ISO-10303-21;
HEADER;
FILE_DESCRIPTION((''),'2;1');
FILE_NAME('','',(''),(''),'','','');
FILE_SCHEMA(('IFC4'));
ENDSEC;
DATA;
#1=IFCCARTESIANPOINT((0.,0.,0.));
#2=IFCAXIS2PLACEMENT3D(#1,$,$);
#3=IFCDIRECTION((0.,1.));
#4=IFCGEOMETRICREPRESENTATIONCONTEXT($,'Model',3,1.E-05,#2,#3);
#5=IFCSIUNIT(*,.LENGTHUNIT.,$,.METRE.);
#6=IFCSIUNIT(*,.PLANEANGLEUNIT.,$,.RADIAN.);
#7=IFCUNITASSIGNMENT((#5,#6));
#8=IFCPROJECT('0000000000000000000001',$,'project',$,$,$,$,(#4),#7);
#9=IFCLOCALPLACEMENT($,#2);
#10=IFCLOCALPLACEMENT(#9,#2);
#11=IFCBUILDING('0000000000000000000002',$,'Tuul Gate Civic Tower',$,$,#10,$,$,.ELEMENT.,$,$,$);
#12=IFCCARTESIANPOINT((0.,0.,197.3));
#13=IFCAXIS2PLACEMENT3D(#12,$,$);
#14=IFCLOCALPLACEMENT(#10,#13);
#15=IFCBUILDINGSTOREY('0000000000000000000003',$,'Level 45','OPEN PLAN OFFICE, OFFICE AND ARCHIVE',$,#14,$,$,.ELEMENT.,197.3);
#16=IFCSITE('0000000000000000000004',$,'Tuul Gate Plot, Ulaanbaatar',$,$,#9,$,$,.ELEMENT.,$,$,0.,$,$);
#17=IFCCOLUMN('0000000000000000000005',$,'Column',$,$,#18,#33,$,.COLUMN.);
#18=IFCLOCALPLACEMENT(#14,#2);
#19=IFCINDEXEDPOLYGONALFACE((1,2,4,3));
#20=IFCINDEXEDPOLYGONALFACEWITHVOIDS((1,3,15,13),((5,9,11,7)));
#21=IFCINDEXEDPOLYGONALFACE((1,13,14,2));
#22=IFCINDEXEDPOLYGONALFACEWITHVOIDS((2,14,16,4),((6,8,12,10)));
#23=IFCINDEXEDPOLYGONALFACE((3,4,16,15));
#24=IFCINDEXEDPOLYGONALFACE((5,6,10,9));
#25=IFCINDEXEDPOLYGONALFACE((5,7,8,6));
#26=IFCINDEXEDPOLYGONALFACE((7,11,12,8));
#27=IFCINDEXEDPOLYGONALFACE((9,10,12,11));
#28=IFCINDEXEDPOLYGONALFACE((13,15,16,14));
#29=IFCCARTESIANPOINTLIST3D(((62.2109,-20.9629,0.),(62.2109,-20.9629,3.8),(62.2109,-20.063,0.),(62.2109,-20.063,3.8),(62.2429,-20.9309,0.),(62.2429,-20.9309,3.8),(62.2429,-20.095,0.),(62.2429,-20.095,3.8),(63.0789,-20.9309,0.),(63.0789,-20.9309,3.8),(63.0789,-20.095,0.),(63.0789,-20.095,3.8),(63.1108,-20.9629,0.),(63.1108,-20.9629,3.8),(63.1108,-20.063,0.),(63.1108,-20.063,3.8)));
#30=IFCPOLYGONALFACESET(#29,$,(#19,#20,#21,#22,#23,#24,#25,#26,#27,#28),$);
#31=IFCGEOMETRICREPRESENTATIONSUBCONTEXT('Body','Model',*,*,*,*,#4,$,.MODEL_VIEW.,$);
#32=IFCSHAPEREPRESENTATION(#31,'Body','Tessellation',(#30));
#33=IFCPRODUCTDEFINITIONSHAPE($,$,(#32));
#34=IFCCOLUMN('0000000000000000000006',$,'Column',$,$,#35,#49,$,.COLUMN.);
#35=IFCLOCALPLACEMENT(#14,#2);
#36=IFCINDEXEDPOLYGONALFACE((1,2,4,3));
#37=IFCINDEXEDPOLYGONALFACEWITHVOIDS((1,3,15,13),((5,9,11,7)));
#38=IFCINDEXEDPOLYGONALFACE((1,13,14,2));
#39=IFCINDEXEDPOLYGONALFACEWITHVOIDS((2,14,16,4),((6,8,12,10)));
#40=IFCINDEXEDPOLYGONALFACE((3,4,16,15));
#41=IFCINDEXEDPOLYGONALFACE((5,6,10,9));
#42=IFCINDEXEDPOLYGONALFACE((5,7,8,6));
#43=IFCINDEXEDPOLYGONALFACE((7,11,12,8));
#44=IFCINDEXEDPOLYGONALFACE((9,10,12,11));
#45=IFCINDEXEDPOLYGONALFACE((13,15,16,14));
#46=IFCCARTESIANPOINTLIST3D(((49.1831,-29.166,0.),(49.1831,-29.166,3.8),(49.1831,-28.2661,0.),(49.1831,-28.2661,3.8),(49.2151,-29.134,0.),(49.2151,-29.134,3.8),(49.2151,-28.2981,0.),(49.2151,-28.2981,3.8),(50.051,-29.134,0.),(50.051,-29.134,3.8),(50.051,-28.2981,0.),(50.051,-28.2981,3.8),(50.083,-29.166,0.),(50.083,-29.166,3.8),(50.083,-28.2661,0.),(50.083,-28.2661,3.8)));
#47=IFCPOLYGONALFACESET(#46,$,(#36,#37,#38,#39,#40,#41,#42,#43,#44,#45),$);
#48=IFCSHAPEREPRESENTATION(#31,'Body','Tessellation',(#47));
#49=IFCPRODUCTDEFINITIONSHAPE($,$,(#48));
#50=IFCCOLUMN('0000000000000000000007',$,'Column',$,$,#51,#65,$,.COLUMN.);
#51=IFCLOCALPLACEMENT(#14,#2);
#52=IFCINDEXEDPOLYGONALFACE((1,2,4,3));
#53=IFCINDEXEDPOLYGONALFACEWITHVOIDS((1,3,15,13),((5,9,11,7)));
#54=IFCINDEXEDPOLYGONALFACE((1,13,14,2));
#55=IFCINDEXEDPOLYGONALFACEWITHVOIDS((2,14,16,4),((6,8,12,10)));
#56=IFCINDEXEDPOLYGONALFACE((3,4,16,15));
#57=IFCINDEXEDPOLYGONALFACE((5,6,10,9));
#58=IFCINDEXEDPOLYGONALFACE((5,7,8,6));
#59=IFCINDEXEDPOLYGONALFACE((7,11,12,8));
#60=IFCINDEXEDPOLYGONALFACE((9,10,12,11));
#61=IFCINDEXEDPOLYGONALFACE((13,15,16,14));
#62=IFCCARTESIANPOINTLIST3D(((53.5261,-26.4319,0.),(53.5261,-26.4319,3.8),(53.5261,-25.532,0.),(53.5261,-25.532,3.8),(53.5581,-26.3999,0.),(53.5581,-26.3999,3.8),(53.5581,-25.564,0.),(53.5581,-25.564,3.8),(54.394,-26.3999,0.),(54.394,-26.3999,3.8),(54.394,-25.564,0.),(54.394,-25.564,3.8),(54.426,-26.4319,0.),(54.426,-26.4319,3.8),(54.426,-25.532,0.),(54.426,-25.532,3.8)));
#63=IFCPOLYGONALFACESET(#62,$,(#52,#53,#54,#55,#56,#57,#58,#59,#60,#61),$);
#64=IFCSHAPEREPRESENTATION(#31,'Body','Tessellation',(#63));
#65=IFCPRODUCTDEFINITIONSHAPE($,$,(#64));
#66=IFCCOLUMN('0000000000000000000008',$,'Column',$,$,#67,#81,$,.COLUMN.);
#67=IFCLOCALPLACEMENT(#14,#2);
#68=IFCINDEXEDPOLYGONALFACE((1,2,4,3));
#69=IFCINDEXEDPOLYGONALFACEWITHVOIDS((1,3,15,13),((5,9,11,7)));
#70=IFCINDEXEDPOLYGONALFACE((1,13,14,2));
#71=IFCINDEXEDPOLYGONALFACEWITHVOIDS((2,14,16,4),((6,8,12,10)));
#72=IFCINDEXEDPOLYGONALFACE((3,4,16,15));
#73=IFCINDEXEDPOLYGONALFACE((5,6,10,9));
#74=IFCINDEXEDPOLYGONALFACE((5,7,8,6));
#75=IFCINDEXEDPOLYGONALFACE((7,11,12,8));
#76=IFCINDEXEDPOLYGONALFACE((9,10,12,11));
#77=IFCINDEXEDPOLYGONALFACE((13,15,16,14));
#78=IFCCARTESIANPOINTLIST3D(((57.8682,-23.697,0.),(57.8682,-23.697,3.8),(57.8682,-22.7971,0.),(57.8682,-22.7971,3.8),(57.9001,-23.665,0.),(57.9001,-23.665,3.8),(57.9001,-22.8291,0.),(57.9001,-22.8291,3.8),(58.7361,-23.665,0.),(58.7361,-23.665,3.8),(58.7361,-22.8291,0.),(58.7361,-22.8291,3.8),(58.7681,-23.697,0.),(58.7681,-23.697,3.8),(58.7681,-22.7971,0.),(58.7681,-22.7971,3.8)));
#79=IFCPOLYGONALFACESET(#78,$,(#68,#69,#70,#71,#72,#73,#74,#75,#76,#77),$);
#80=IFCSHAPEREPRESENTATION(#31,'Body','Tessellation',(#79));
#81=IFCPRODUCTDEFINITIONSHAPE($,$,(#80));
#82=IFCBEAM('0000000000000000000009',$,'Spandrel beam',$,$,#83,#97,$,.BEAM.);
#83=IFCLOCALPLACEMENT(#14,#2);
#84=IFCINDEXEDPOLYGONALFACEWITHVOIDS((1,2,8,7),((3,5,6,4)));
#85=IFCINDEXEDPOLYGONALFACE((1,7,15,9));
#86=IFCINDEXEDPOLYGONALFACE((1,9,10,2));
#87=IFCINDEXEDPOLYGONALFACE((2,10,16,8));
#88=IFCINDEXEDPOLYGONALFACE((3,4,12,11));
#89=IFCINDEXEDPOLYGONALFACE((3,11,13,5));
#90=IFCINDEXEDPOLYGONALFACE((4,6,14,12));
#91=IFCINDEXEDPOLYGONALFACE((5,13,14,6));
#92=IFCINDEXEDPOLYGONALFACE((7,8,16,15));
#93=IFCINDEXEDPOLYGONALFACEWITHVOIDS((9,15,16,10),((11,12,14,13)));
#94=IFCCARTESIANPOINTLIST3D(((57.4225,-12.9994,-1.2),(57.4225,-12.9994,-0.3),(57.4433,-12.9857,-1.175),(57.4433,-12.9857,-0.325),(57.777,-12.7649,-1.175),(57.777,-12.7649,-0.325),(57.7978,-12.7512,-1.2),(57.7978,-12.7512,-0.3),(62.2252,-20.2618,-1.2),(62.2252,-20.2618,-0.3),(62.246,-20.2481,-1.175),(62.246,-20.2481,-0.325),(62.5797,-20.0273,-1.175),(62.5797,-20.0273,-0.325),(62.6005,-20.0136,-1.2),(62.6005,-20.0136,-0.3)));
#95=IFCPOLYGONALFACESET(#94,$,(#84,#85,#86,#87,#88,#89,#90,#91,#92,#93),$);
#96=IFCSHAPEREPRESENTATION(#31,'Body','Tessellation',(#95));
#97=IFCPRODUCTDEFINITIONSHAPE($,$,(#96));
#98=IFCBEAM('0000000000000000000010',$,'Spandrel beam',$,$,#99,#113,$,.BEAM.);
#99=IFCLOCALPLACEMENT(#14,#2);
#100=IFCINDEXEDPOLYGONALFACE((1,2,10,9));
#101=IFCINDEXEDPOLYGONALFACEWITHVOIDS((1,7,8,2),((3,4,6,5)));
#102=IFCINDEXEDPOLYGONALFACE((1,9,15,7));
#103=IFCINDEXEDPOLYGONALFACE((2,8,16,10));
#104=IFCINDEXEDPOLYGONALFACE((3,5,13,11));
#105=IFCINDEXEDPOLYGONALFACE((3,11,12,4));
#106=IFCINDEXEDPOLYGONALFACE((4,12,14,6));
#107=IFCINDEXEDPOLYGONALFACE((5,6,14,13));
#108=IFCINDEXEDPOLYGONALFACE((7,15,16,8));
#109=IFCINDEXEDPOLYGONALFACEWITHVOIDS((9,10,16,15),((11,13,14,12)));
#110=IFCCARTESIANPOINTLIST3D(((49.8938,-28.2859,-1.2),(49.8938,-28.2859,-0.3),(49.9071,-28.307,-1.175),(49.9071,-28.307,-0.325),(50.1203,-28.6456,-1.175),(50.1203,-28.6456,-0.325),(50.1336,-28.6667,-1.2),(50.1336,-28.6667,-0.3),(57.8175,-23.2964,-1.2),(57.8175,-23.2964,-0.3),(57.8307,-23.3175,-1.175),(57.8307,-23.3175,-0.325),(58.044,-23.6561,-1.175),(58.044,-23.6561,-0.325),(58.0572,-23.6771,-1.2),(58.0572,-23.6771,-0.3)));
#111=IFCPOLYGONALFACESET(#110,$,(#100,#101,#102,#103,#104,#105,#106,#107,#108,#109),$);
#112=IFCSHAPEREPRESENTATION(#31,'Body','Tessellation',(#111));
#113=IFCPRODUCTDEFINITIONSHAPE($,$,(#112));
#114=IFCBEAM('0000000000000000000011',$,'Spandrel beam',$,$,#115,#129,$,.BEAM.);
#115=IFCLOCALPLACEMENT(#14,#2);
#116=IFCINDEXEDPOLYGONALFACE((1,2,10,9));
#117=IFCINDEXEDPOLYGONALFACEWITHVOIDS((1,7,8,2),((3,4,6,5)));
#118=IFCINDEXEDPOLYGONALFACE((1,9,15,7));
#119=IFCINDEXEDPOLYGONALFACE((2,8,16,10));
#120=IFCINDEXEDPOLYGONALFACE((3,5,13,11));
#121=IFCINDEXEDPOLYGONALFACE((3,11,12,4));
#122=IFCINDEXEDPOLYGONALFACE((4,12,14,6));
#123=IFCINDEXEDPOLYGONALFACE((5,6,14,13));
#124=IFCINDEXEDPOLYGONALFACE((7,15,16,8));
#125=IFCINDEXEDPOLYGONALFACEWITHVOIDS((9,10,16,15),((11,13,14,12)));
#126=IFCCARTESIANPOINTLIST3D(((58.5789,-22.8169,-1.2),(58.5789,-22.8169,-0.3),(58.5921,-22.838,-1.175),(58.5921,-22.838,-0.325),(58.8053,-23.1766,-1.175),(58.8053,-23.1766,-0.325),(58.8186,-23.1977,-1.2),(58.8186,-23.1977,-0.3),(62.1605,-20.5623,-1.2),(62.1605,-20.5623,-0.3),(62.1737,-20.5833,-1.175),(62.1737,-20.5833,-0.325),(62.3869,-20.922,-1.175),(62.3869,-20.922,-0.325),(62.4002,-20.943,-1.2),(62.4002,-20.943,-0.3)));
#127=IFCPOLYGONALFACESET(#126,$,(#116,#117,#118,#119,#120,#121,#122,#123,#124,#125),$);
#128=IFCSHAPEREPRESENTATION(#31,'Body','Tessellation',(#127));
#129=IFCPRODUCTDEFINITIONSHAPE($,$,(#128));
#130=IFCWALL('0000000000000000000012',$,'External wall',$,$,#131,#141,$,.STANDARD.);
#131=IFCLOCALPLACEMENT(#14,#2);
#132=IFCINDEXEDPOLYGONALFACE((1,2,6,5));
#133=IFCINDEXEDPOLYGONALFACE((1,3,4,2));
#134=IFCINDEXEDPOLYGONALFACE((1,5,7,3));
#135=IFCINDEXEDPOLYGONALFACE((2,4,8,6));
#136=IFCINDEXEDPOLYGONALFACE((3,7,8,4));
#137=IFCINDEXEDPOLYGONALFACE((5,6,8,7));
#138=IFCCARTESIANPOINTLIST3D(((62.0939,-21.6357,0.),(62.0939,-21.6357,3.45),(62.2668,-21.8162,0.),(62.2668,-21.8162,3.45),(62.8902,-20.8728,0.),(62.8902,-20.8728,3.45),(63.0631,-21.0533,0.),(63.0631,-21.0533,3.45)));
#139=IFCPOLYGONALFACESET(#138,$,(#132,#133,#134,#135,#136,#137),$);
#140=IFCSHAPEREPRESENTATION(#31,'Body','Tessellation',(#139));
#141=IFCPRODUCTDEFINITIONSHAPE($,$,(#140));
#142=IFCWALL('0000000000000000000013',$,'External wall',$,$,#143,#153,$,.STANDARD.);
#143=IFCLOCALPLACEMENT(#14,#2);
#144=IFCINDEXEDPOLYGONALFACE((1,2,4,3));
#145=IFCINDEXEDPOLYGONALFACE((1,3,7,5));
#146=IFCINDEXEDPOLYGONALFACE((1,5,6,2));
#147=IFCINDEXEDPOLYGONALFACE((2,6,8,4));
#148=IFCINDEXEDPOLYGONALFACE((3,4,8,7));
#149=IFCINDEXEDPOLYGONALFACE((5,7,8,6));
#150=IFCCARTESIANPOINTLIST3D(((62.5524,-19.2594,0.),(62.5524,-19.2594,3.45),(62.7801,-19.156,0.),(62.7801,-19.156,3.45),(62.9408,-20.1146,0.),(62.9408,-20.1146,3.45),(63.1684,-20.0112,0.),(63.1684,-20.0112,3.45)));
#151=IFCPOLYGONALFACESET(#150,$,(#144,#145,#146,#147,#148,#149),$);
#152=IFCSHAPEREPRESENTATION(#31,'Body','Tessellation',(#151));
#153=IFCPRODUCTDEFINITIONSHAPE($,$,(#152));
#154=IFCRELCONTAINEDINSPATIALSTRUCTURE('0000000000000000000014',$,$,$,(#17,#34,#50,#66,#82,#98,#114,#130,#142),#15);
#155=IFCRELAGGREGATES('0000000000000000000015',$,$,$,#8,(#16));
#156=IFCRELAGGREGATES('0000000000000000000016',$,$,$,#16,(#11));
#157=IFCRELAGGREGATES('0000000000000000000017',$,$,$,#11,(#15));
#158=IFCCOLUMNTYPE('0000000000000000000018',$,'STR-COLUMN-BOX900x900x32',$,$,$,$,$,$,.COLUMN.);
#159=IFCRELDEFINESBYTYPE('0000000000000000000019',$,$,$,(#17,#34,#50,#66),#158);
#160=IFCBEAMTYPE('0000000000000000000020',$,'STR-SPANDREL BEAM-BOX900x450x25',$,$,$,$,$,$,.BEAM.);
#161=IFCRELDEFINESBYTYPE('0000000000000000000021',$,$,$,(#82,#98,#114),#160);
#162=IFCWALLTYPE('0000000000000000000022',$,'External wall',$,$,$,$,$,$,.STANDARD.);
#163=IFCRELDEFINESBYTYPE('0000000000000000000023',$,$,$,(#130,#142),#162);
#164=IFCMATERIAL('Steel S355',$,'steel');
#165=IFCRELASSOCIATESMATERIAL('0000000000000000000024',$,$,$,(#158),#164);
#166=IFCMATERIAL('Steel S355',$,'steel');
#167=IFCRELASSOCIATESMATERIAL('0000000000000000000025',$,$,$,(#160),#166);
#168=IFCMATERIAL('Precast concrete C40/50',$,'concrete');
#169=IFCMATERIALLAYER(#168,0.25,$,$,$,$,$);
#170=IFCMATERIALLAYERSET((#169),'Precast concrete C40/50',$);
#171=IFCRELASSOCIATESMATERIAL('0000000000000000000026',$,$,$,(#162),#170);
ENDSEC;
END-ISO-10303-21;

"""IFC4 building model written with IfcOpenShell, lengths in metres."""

from ifc_helpers import new_model, si_unit, direction, frame, frame_2d, origin, origin_2d, place, context, subcontext, project, spatial, rectangle, hollow_rectangle, extrude, material, layer, layer_set, material_profile, profile_set, type_object, element, save


model = new_model("IFC4")

# Units and contexts
model_context = context("Model", 3, precision=1e-05, world=origin(), true_north=direction((0.0, 1.0)))
body_context = subcontext(model_context, "Body", "Model", "MODEL_VIEW")
ifc_project = project(units=[si_unit("LENGTHUNIT", "METRE"), si_unit("PLANEANGLEUNIT", "RADIAN")], contexts=[model_context])

# Site, building, storey
site_placement = place(None, origin())
site = spatial("IfcSite", under=ifc_project, at=site_placement, Name="Tuul Gate Plot, Ulaanbaatar", CompositionType="ELEMENT", RefElevation=0.0)
building_placement = place(site_placement, origin())
building = spatial("IfcBuilding", under=site, at=building_placement, Name="Tuul Gate Civic Tower", CompositionType="ELEMENT")
storey_placement = place(building_placement, frame((0.0, 0.0, 197.3)))
storey = spatial("IfcBuildingStorey", under=building, at=storey_placement, Name="Level 45", Description="OPEN PLAN OFFICE, OFFICE AND ARCHIVE", CompositionType="ELEMENT", Elevation=197.3)

# Columns
ifc_material_1 = material(Name="Steel S355", Category="steel")
ifc_material_profile_1 = material_profile(ifc_material_1, hollow_rectangle(XDim=0.8999, YDim=0.8999, WallThickness=0.032, at=origin_2d()), Name="BOX900x900x32")
ifc_profile_set_1 = profile_set([ifc_material_profile_1], Name="Steel S355")
column_type = type_object("IfcColumnType", Name="STR-COLUMN-BOX900x900x32", PredefinedType="COLUMN", material=ifc_profile_set_1)
for number, where, z_axis, x_axis, name in (
    (1, (62.6609, -20.5129, 0.0), (0.0, 0.0, 1.0), (1.0, 0.0, 0.0), "Column"),
    (2, (49.6331, -28.7161, 0.0), (0.0, 0.0, 1.0), (1.0, 0.0, 0.0), "Column"),
    (3, (53.9761, -25.9819, 0.0), (0.0, 0.0, 1.0), (1.0, 0.0, 0.0), "Column"),
    (4, (58.3181, -23.2471, 0.0), (0.0, 0.0, 1.0), (1.0, 0.0, 0.0), "Column"),
):
    element("IfcColumn", number, at=place(storey_placement, frame(where, z_axis=z_axis, x_axis=x_axis)), inside=storey, type_object=column_type, Name=name, PredefinedType="COLUMN", context=body_context, shape_type="SweptSolid", body=[
        extrude(hollow_rectangle(XDim=0.8999, YDim=0.8999, WallThickness=0.032, at=origin_2d()), origin(), (0.0, 0.0, 1.0), 3.8),
    ])

# Beams
ifc_material_2 = material(Name="Steel S355", Category="steel")
ifc_material_profile_2 = material_profile(ifc_material_2, hollow_rectangle(XDim=0.45, YDim=0.8999, WallThickness=0.0249, at=origin_2d()), Name="BOX900x450x25")
ifc_profile_set_2 = profile_set([ifc_material_profile_2], Name="Steel S355")
beam_type = type_object("IfcBeamType", Name="STR-SPANDREL BEAM-BOX900x450x25", PredefinedType="BEAM", material=ifc_profile_set_2)
beam_1_placement = place(storey_placement, frame((62.4128, -20.1377, -0.75), z_axis=(-0.551603, 0.834107, 0.0), x_axis=(-0.834107, -0.551603, 0.0)))
element("IfcBeam", 5, at=beam_1_placement, inside=storey, type_object=beam_type, Name="Spandrel beam", PredefinedType="BEAM", context=body_context, shape_type="SweptSolid", body=[
    extrude(hollow_rectangle(XDim=0.45, YDim=0.8999, WallThickness=0.0249, at=origin_2d()), origin(), (0.0, 0.0, 1.0), 8.7068),
])
beam_2_placement = place(storey_placement, frame((50.0137, -28.4763, -0.75), z_axis=(0.846205, 0.532858, 0.0), x_axis=(-0.532858, 0.846205, 0.0)))
element("IfcBeam", 6, at=beam_2_placement, inside=storey, type_object=beam_type, Name="Spandrel beam", PredefinedType="BEAM", context=body_context, shape_type="SweptSolid", body=[
    extrude(hollow_rectangle(XDim=0.45, YDim=0.8999, WallThickness=0.0249, at=origin_2d()), origin(), (0.0, 0.0, 1.0), 9.3638),
])
beam_3_placement = place(storey_placement, frame((58.6987, -23.0073, -0.75), z_axis=(0.846276, 0.532744, 0.0), x_axis=(-0.532744, 0.846276, 0.0)))
element("IfcBeam", 7, at=beam_3_placement, inside=storey, type_object=beam_type, Name="Spandrel beam", PredefinedType="BEAM", context=body_context, shape_type="SweptSolid", body=[
    extrude(hollow_rectangle(XDim=0.45, YDim=0.8999, WallThickness=0.0249, at=origin_2d()), origin(), (0.0, 0.0, 1.0), 4.2322),
])

# Walls
ifc_material_3 = material(Name="Precast concrete C40/50", Category="concrete")
ifc_layer = layer(ifc_material_3, 0.25)
ifc_layer_set = layer_set([ifc_layer], Name="Precast concrete C40/50")
wall_type = type_object("IfcWallType", Name="External wall", PredefinedType="STANDARD", material=ifc_layer_set)
wall_1_placement = place(storey_placement, frame((62.1804, -21.7258, 0.0), z_axis=(0.0, 0.0, 1.0), x_axis=(0.722108, 0.69178, 0.0)))
element("IfcWall", 8, at=wall_1_placement, inside=storey, type_object=wall_type, Name="External wall", PredefinedType="STANDARD", context=body_context, shape_type="SweptSolid", body=[
    extrude(rectangle(XDim=1.1028, YDim=0.25, at=frame_2d((0.5513, 0.0))), origin(), (0.0, 0.0, 1.0), 3.45),
])
wall_2_placement = place(storey_placement, frame((63.0547, -20.063, 0.0), z_axis=(0.0, 0.0, 1.0), x_axis=(-0.413529, 0.910491, 0.0)))
element("IfcWall", 9, at=wall_2_placement, inside=storey, type_object=wall_type, Name="External wall", PredefinedType="STANDARD", context=body_context, shape_type="SweptSolid", body=[
    extrude(rectangle(XDim=0.9392, YDim=0.25, at=frame_2d((0.4697, 0.0))), origin(), (0.0, 0.0, 1.0), 3.45),
])

save(model, "model.ifc")
